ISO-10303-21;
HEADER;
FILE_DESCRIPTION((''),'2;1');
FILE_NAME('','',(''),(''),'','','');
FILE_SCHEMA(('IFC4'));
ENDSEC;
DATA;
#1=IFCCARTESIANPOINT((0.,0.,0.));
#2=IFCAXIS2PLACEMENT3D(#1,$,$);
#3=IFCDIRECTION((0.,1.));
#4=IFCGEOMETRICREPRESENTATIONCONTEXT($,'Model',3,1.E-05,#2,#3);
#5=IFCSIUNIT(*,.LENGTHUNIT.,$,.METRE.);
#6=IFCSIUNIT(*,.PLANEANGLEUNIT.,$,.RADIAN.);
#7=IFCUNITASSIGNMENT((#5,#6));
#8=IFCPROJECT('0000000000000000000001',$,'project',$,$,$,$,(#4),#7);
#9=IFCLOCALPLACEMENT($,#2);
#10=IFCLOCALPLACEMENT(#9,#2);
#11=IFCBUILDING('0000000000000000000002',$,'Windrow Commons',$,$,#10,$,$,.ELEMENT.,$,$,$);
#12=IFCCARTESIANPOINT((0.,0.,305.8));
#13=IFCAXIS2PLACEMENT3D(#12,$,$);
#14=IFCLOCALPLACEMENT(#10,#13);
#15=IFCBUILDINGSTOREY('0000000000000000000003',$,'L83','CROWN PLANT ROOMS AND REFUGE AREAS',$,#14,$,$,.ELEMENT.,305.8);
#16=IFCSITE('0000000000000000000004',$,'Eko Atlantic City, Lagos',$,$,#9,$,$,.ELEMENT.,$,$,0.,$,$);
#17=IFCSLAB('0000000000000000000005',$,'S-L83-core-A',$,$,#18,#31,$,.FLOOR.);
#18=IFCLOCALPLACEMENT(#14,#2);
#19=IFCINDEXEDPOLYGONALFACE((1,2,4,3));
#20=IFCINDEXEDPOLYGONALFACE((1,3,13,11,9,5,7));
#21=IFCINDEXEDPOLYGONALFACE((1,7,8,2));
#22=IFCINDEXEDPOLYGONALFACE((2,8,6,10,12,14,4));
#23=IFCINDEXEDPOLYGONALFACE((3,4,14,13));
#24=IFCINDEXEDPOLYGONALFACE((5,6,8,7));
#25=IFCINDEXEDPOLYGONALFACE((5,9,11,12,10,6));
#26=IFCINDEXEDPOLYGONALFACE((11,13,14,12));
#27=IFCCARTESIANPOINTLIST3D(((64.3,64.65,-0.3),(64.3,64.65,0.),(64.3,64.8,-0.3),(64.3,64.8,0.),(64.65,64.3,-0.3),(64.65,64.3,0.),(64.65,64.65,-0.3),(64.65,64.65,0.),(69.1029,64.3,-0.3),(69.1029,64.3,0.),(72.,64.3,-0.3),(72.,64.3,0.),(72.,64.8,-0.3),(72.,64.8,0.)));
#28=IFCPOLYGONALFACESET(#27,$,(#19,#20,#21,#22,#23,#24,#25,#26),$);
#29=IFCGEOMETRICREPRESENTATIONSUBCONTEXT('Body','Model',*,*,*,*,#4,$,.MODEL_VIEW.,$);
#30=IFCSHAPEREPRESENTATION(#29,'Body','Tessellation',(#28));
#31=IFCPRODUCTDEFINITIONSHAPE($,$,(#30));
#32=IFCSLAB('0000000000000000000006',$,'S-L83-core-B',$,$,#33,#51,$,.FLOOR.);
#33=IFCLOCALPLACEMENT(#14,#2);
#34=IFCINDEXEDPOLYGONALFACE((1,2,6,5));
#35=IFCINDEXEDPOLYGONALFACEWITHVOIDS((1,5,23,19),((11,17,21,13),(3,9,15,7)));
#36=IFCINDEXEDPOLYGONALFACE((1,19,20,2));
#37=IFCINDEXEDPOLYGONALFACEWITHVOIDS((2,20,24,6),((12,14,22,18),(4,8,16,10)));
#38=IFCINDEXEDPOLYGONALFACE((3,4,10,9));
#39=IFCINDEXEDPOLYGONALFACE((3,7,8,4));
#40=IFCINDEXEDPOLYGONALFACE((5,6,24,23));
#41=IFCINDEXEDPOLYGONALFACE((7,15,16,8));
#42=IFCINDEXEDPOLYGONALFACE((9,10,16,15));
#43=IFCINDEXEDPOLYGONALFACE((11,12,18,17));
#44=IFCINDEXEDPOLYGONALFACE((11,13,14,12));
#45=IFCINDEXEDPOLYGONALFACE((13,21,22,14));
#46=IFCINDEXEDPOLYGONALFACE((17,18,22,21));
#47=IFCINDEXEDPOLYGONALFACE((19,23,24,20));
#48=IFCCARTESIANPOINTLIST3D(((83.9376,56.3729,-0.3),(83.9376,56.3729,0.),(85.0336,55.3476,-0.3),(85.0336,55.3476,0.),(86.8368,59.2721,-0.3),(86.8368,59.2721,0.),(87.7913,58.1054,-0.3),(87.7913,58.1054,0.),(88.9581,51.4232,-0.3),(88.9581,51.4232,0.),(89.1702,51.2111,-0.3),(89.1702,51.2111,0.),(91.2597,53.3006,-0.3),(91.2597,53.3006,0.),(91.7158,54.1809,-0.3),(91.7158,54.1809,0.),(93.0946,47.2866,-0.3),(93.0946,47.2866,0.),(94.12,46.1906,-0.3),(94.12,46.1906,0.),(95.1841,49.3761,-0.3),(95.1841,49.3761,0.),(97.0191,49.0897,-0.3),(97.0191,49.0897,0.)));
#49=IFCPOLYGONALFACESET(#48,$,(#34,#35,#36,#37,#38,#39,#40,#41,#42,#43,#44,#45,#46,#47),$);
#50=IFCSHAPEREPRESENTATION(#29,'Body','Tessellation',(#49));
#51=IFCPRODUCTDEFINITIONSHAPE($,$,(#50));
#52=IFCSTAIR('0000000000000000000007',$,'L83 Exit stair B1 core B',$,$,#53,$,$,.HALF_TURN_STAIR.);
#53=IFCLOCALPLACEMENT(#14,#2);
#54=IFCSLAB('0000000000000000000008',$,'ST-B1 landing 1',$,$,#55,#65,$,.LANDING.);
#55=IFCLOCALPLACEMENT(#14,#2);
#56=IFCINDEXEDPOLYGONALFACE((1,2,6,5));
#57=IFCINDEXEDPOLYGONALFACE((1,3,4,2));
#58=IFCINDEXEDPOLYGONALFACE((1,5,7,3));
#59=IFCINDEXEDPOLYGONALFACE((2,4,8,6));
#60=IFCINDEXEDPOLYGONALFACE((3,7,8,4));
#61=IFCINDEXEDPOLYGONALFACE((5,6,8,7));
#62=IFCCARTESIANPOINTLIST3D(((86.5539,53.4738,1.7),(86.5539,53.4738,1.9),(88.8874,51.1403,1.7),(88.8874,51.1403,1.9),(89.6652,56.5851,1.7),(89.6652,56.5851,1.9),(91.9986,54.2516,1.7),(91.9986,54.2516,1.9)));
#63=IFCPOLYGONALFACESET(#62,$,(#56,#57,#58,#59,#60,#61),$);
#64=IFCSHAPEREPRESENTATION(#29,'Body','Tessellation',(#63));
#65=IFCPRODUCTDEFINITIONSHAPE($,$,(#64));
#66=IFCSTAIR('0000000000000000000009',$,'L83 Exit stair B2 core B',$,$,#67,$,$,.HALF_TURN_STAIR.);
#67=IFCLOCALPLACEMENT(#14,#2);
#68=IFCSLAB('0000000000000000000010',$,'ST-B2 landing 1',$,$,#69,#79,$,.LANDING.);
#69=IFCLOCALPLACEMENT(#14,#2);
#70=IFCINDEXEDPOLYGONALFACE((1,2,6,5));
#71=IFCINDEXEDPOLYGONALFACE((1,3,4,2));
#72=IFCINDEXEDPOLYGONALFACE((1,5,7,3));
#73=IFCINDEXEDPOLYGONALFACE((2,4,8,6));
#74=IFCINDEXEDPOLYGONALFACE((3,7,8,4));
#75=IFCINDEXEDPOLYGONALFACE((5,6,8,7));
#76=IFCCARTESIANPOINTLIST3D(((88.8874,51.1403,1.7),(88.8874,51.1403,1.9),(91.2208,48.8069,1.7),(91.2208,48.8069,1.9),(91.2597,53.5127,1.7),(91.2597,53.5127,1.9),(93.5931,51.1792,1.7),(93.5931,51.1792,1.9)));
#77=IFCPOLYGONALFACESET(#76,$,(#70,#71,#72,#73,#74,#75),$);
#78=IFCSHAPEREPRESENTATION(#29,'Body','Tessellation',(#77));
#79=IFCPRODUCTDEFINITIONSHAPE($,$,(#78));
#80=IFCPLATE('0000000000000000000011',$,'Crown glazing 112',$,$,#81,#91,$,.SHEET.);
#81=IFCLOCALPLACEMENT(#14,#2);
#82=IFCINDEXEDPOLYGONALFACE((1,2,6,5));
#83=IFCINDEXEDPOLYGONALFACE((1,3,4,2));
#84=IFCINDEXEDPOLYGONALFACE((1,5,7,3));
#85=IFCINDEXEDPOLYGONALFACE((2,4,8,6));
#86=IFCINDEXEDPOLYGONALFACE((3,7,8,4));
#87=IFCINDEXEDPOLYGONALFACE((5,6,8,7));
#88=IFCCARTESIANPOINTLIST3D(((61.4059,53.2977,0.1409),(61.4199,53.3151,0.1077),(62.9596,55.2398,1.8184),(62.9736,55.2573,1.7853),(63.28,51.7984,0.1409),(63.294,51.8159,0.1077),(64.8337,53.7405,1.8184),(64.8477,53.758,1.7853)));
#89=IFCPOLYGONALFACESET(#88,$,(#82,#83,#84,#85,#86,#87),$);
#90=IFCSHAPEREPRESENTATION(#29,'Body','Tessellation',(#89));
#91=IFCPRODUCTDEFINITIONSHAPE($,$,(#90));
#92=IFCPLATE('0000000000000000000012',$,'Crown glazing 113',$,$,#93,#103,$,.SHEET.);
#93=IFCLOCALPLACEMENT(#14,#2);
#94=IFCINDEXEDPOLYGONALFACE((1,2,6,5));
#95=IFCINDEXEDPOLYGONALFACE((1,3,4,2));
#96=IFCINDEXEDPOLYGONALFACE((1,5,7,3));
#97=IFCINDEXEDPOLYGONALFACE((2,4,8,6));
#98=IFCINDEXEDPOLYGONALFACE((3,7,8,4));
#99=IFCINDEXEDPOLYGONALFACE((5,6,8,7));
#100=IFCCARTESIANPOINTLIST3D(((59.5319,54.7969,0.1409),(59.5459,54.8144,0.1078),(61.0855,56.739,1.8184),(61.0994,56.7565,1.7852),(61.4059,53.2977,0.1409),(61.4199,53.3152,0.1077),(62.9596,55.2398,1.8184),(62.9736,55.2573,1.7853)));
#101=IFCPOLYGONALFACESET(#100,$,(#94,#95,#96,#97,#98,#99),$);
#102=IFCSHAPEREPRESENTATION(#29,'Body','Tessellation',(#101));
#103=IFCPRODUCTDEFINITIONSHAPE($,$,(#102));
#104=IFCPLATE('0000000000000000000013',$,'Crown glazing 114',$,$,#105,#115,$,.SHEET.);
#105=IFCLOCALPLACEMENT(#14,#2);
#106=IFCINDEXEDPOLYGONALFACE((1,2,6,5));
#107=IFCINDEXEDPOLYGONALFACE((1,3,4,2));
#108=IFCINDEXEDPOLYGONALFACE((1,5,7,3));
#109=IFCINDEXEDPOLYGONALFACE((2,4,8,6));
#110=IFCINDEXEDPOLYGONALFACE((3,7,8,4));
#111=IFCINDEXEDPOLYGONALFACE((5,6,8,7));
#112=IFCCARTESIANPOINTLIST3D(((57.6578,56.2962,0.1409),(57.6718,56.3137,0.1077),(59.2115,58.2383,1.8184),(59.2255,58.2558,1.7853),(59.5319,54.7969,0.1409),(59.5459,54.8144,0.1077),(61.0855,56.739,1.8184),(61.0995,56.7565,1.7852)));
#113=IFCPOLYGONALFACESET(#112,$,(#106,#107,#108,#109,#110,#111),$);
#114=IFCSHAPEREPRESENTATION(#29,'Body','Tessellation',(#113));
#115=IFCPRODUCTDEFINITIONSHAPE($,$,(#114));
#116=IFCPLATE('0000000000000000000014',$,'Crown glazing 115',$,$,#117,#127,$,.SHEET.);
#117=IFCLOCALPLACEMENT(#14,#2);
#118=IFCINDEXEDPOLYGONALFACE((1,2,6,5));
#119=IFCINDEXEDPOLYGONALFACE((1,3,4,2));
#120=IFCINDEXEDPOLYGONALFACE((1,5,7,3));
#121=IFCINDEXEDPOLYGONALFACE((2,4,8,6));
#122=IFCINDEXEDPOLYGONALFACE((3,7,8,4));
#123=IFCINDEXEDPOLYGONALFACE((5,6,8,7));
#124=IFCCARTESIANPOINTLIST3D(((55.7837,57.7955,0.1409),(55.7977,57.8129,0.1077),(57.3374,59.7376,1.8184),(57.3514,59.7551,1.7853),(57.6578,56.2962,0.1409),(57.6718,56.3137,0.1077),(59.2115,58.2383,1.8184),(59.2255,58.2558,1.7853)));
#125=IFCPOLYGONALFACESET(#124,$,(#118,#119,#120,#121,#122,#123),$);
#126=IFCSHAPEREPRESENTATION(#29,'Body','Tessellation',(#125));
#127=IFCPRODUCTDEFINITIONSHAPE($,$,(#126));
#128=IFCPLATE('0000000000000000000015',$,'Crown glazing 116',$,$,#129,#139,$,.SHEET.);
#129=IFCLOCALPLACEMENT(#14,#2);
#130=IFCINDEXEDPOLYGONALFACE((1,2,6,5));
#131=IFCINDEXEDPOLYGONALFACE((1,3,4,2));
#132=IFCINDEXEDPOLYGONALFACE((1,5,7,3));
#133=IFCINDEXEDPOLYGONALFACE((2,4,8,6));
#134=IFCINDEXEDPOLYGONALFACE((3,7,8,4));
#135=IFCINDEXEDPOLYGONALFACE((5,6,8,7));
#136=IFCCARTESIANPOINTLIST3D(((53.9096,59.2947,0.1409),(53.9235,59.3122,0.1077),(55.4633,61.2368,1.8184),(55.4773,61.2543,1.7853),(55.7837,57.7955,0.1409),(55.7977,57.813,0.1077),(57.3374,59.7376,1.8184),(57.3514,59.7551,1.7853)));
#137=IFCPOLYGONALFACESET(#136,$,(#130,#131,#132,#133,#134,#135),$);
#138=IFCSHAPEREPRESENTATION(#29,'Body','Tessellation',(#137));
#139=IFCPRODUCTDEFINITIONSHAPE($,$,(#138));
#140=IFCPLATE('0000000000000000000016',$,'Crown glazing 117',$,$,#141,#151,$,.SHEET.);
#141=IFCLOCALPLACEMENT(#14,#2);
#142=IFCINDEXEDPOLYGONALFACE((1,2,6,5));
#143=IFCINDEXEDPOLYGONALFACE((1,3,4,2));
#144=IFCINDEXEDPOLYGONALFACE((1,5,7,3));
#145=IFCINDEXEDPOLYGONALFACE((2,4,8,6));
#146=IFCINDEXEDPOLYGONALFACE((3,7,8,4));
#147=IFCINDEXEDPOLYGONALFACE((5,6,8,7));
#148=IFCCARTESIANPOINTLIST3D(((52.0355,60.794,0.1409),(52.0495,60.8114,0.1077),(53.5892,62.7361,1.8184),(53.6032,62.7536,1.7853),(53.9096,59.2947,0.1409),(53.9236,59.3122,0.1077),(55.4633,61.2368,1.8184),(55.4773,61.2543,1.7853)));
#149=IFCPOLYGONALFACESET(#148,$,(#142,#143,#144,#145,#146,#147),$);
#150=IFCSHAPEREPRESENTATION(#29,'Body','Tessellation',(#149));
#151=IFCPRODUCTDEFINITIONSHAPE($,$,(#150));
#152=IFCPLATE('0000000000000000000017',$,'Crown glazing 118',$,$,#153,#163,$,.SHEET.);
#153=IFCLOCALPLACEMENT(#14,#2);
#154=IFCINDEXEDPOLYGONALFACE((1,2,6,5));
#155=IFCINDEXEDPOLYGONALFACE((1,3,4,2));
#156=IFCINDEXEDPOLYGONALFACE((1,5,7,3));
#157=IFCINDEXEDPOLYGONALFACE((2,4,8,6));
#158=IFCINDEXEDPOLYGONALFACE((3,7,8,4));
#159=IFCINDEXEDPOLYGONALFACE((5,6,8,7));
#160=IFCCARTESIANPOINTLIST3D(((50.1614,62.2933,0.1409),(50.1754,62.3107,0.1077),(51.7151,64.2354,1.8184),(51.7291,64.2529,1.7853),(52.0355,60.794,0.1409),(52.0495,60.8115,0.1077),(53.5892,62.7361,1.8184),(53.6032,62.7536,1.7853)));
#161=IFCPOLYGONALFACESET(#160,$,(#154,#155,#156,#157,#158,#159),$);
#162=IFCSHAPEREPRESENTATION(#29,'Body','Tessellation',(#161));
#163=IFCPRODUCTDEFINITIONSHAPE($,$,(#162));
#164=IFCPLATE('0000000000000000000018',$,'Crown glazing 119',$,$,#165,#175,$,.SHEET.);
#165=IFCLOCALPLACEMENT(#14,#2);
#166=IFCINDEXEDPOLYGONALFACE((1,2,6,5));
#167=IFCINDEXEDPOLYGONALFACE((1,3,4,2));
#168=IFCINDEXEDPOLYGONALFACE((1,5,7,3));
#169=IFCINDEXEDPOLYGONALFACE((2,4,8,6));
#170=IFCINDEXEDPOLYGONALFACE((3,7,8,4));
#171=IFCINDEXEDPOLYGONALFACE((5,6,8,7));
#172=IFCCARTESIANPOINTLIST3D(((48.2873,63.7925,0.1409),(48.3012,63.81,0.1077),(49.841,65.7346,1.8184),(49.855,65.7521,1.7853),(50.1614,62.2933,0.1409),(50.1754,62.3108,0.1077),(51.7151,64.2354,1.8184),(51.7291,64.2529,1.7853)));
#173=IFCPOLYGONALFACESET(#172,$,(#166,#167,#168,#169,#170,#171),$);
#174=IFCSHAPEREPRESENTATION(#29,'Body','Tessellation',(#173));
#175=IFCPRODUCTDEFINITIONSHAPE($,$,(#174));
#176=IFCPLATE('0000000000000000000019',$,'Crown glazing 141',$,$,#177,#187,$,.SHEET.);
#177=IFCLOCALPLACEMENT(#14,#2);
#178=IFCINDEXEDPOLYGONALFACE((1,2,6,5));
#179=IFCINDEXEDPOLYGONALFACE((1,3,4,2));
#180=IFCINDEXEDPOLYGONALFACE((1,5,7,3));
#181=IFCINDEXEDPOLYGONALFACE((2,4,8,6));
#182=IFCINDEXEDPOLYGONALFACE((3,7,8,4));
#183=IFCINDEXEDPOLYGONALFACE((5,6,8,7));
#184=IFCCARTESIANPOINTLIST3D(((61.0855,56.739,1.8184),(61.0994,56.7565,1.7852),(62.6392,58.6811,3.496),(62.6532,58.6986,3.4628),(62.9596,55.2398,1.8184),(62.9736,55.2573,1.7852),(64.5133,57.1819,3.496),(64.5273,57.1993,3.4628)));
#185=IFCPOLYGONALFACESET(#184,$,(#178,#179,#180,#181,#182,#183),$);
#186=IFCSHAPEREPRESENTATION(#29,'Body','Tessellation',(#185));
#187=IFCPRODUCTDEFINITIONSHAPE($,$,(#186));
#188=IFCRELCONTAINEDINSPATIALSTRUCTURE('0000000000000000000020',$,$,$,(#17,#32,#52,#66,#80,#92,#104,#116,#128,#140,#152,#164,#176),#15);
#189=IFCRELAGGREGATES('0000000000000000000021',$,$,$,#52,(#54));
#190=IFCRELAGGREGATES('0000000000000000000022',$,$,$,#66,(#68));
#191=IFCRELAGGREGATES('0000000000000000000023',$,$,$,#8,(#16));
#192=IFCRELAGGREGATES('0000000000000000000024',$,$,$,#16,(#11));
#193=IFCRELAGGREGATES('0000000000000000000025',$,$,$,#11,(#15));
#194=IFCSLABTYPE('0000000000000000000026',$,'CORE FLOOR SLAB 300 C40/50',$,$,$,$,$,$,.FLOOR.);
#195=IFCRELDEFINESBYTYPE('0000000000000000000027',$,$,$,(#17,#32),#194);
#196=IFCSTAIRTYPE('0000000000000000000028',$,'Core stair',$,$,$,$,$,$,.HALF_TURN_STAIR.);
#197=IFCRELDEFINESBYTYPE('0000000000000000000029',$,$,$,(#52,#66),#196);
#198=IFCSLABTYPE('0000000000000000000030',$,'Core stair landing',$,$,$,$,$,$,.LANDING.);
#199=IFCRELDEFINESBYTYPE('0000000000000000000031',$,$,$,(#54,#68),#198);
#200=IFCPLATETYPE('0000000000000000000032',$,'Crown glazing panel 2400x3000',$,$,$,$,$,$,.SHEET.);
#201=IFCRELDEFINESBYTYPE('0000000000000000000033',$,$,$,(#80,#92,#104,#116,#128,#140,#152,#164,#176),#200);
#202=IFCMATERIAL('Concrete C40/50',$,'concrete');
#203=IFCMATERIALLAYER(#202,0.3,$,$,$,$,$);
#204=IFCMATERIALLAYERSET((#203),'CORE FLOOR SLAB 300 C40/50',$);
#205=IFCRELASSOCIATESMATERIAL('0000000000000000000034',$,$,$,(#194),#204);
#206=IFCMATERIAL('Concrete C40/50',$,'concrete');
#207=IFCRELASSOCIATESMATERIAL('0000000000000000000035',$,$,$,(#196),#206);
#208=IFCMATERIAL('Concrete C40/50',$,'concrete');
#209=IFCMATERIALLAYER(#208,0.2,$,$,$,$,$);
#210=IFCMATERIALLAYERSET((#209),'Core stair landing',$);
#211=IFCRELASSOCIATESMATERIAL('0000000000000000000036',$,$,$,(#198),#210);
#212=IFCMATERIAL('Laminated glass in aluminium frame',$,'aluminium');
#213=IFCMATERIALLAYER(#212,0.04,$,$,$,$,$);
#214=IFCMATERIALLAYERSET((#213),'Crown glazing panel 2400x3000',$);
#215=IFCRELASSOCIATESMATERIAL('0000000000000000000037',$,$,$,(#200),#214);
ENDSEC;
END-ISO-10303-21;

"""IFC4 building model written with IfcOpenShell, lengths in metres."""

from ifc_helpers import new_model, si_unit, direction, frame, origin, place, context, subcontext, project, spatial, polyline, outline, extrude, material, layer, layer_set, type_object, element, aggregate, save


model = new_model("IFC4")

# Units and contexts
model_context = context("Model", 3, precision=1e-05, world=origin(), true_north=direction((0.0, 1.0)))
body_context = subcontext(model_context, "Body", "Model", "MODEL_VIEW")
ifc_project = project(units=[si_unit("LENGTHUNIT", "METRE"), si_unit("PLANEANGLEUNIT", "RADIAN")], contexts=[model_context])

# Site, building, storey
site_placement = place(None, origin())
site = spatial("IfcSite", under=ifc_project, at=site_placement, Name="Eko Atlantic City, Lagos", CompositionType="ELEMENT", RefElevation=0.0)
building_placement = place(site_placement, origin())
building = spatial("IfcBuilding", under=site, at=building_placement, Name="Windrow Commons", CompositionType="ELEMENT")
storey_placement = place(building_placement, frame((0.0, 0.0, 305.8)))
storey = spatial("IfcBuildingStorey", under=building, at=storey_placement, Name="L83", Description="CROWN PLANT ROOMS AND REFUGE AREAS", CompositionType="ELEMENT", Elevation=305.8)

# Slab
ifc_material_1 = material(Name="Concrete C40/50", Category="concrete")
ifc_layer_1 = layer(ifc_material_1, 0.3)
ifc_layer_set_1 = layer_set([ifc_layer_1], Name="CORE FLOOR SLAB 300 C40/50")
slab_type_1 = type_object("IfcSlabType", Name="CORE FLOOR SLAB 300 C40/50", PredefinedType="FLOOR", material=ifc_layer_set_1)
placement_1 = place(storey_placement, frame((0.0, 0.0, -0.3)))
element("IfcSlab", 1, at=placement_1, inside=storey, type_object=slab_type_1, Name="S-L83-core-A", PredefinedType="FLOOR", context=body_context, shape_type="SweptSolid", body=[
    extrude(outline(polyline([(72.0, 64.8), (72.0, 64.3), (69.1029, 64.3), (64.65, 64.3), (64.65, 64.65), (64.3, 64.65), (64.3, 64.8), (72.0, 64.8)])), origin(), (0.0, 0.0, 1.0), 0.3),
])

# Slab, openings
slab_1 = element("IfcSlab", 2, at=placement_1, inside=storey, type_object=slab_type_1, Name="S-L83-core-B", PredefinedType="FLOOR", context=body_context, shape_type="SweptSolid", body=[
    extrude(outline(polyline([(86.8368, 59.2721), (97.0191, 49.0897), (94.12, 46.1906), (83.9376, 56.3729), (86.8368, 59.2721)]), holes=[polyline([(88.9581, 51.4232), (91.7158, 54.1809), (87.7913, 58.1054), (85.0336, 55.3476), (88.9581, 51.4232)]), polyline([(93.0946, 47.2866), (95.1841, 49.3761), (91.2597, 53.3006), (89.1702, 51.2111), (93.0946, 47.2866)])]), origin(), (0.0, 0.0, 1.0), 0.3),
])
opening_1_placement = place(placement_1, origin())
element("IfcOpeningElement", 3, at=opening_1_placement, cuts=slab_1, PredefinedType="OPENING", context=body_context, shape_type="SweptSolid", body=[
    extrude(outline(polyline([(88.9581, 51.4303), (85.0407, 55.3476), (87.7913, 58.0983), (91.7087, 54.1809), (88.9581, 51.4303)])), origin(), (0.0, 0.0, 1.0), 0.3),
])
opening_2_placement = place(placement_1, origin())
element("IfcOpeningElement", 4, at=opening_2_placement, cuts=slab_1, PredefinedType="OPENING", context=body_context, shape_type="SweptSolid", body=[
    extrude(outline(polyline([(93.0946, 47.2937), (89.1773, 51.2111), (91.2597, 53.2935), (95.177, 49.3761), (93.0946, 47.2937)])), origin(), (0.0, 0.0, 1.0), 0.3),
])

# Stairs, slabs
ifc_material_2 = material(Name="Concrete C40/50", Category="concrete")
stair_type = type_object("IfcStairType", Name="Core stair", PredefinedType="HALF_TURN_STAIR", material=ifc_material_2)
placement_2 = place(storey_placement, origin())
stair_1 = element("IfcStair", 5, at=placement_2, inside=storey, type_object=stair_type, Name="L83 Exit stair B1 core B", PredefinedType="HALF_TURN_STAIR")
ifc_material_3 = material(Name="Concrete C40/50", Category="concrete")
ifc_layer_2 = layer(ifc_material_3, 0.2)
ifc_layer_set_2 = layer_set([ifc_layer_2], Name="Core stair landing")
slab_type_2 = type_object("IfcSlabType", Name="Core stair landing", PredefinedType="LANDING", material=ifc_layer_set_2)
placement_3 = place(storey_placement, frame((0.0, 0.0, 1.7)))
slab_2 = element("IfcSlab", 6, at=placement_3, type_object=slab_type_2, Name="ST-B1 landing 1", PredefinedType="LANDING", context=body_context, shape_type="SweptSolid", body=[
    extrude(outline(polyline([(86.5539, 53.4738), (88.8874, 51.1403), (91.9986, 54.2516), (89.6652, 56.5851), (86.5539, 53.4738)])), origin(), (0.0, 0.0, 1.0), 0.2),
])
aggregate(stair_1, [slab_2])
stair_2 = element("IfcStair", 7, at=placement_2, inside=storey, type_object=stair_type, Name="L83 Exit stair B2 core B", PredefinedType="HALF_TURN_STAIR")
slab_3 = element("IfcSlab", 8, at=placement_3, type_object=slab_type_2, Name="ST-B2 landing 1", PredefinedType="LANDING", context=body_context, shape_type="SweptSolid", body=[
    extrude(outline(polyline([(88.8874, 51.1403), (91.2208, 48.8069), (93.5931, 51.1792), (91.2597, 53.5127), (88.8874, 51.1403)])), origin(), (0.0, 0.0, 1.0), 0.2),
])
aggregate(stair_2, [slab_3])

# Plates
ifc_material_4 = material(Name="Laminated glass in aluminium frame", Category="aluminium")
ifc_layer_3 = layer(ifc_material_4, 0.04)
ifc_layer_set_3 = layer_set([ifc_layer_3], Name="Crown glazing panel 2400x3000")
plate_type = type_object("IfcPlateType", Name="Crown glazing panel 2400x3000", PredefinedType="SHEET", material=ifc_layer_set_3)
plate_1_placement = place(storey_placement, frame((63.28, 51.7984, 0.1409), z_axis=(-0.349316, -0.43664, 0.82905), x_axis=(-0.780865, 0.6247, 0.0)))
element("IfcPlate", 9, at=plate_1_placement, inside=storey, type_object=plate_type, Name="Crown glazing 112", PredefinedType="SHEET", context=body_context, shape_type="SweptSolid", body=[
    extrude(outline(polyline([(0.0, 0.0), (2.4, 0.0), (2.4, -3.0), (0.0, -3.0), (0.0, 0.0)])), origin(), (0.0, 0.0, -1.0), 0.04),
])
plate_2_placement = place(storey_placement, frame((61.4059, 53.2977, 0.1409), z_axis=(-0.349311, -0.43665, 0.829047), x_axis=(-0.780871, 0.624692, 0.000006)))
element("IfcPlate", 10, at=plate_2_placement, inside=storey, type_object=plate_type, Name="Crown glazing 113", PredefinedType="SHEET", context=body_context, shape_type="SweptSolid", body=[
    extrude(outline(polyline([(0.0, 0.0), (2.3999, 0.0), (2.4, -2.9999), (0.0, -3.0), (0.0, 0.0)])), origin(), (0.0, 0.0, -1.0), 0.04),
])
plate_3_placement = place(storey_placement, frame((59.5319, 54.7969, 0.1409), z_axis=(-0.349325, -0.436639, 0.829047), x_axis=(-0.780862, 0.624703, -0.000006)))
element("IfcPlate", 11, at=plate_3_placement, inside=storey, type_object=plate_type, Name="Crown glazing 114", PredefinedType="SHEET", context=body_context, shape_type="SweptSolid", body=[
    extrude(outline(polyline([(0.0, 0.0), (2.4, 0.0), (2.4, -3.0), (0.0001, -2.9999), (0.0, 0.0)])), origin(), (0.0, 0.0, -1.0), 0.04),
])
plate_4_placement = place(storey_placement, frame((57.6578, 56.2962, 0.1409), z_axis=(-0.349316, -0.43664, 0.82905), x_axis=(-0.780865, 0.6247, 0.0)))
element("IfcPlate", 12, at=plate_4_placement, inside=storey, type_object=plate_type, Name="Crown glazing 115", PredefinedType="SHEET", context=body_context, shape_type="SweptSolid", body=[
    extrude(outline(polyline([(0.0, 0.0), (2.4, 0.0), (2.4, -3.0), (0.0, -3.0), (0.0, 0.0)])), origin(), (0.0, 0.0, -1.0), 0.04),
])
plate_5_placement = place(storey_placement, frame((55.7837, 57.7955, 0.1409), z_axis=(-0.349302, -0.436651, 0.82905), x_axis=(-0.780885, 0.624675, 0.0)))
element("IfcPlate", 13, at=plate_5_placement, inside=storey, type_object=plate_type, Name="Crown glazing 116", PredefinedType="SHEET", context=body_context, shape_type="SweptSolid", body=[
    extrude(outline(polyline([(0.0, 0.0), (2.4, 0.0), (2.3999, -3.0), (-0.0001, -3.0), (0.0, 0.0)])), origin(), (0.0, 0.0, -1.0), 0.04),
])
for number, where, z_axis, x_axis, name in (
    (14, (53.9096, 59.2947, 0.1409), (-0.349316, -0.43664, 0.82905), (-0.780865, 0.6247, 0.0), "Crown glazing 117"),
    (15, (52.0355, 60.794, 0.1409), (-0.349316, -0.43664, 0.82905), (-0.780865, 0.6247, 0.0), "Crown glazing 118"),
):
    element("IfcPlate", number, at=place(storey_placement, frame(where, z_axis=z_axis, x_axis=x_axis)), inside=storey, type_object=plate_type, Name=name, PredefinedType="SHEET", context=body_context, shape_type="SweptSolid", body=[
        extrude(outline(polyline([(0.0, 0.0), (2.4, 0.0), (2.4, -3.0), (0.0, -3.0), (0.0, 0.0)])), origin(), (0.0, 0.0, -1.0), 0.04),
    ])
for number, where, z_axis, x_axis, name in (
    (16, (50.1614, 62.2933, 0.1409), (-0.349302, -0.436651, 0.82905), (-0.780885, 0.624675, 0.0), "Crown glazing 119"),
    (17, (62.9596, 55.2398, 1.8184), (-0.349317, -0.436669, 0.829034), (-0.780885, 0.624675, 0.0), "Crown glazing 141"),
):
    element("IfcPlate", number, at=place(storey_placement, frame(where, z_axis=z_axis, x_axis=x_axis)), inside=storey, type_object=plate_type, Name=name, PredefinedType="SHEET", context=body_context, shape_type="SweptSolid", body=[
        extrude(outline(polyline([(0.0, 0.0), (2.4, 0.0), (2.3999, -3.0), (-0.0001, -3.0), (0.0, 0.0)])), origin(), (0.0, 0.0, -1.0), 0.04),
    ])

save(model, "model.ifc")
